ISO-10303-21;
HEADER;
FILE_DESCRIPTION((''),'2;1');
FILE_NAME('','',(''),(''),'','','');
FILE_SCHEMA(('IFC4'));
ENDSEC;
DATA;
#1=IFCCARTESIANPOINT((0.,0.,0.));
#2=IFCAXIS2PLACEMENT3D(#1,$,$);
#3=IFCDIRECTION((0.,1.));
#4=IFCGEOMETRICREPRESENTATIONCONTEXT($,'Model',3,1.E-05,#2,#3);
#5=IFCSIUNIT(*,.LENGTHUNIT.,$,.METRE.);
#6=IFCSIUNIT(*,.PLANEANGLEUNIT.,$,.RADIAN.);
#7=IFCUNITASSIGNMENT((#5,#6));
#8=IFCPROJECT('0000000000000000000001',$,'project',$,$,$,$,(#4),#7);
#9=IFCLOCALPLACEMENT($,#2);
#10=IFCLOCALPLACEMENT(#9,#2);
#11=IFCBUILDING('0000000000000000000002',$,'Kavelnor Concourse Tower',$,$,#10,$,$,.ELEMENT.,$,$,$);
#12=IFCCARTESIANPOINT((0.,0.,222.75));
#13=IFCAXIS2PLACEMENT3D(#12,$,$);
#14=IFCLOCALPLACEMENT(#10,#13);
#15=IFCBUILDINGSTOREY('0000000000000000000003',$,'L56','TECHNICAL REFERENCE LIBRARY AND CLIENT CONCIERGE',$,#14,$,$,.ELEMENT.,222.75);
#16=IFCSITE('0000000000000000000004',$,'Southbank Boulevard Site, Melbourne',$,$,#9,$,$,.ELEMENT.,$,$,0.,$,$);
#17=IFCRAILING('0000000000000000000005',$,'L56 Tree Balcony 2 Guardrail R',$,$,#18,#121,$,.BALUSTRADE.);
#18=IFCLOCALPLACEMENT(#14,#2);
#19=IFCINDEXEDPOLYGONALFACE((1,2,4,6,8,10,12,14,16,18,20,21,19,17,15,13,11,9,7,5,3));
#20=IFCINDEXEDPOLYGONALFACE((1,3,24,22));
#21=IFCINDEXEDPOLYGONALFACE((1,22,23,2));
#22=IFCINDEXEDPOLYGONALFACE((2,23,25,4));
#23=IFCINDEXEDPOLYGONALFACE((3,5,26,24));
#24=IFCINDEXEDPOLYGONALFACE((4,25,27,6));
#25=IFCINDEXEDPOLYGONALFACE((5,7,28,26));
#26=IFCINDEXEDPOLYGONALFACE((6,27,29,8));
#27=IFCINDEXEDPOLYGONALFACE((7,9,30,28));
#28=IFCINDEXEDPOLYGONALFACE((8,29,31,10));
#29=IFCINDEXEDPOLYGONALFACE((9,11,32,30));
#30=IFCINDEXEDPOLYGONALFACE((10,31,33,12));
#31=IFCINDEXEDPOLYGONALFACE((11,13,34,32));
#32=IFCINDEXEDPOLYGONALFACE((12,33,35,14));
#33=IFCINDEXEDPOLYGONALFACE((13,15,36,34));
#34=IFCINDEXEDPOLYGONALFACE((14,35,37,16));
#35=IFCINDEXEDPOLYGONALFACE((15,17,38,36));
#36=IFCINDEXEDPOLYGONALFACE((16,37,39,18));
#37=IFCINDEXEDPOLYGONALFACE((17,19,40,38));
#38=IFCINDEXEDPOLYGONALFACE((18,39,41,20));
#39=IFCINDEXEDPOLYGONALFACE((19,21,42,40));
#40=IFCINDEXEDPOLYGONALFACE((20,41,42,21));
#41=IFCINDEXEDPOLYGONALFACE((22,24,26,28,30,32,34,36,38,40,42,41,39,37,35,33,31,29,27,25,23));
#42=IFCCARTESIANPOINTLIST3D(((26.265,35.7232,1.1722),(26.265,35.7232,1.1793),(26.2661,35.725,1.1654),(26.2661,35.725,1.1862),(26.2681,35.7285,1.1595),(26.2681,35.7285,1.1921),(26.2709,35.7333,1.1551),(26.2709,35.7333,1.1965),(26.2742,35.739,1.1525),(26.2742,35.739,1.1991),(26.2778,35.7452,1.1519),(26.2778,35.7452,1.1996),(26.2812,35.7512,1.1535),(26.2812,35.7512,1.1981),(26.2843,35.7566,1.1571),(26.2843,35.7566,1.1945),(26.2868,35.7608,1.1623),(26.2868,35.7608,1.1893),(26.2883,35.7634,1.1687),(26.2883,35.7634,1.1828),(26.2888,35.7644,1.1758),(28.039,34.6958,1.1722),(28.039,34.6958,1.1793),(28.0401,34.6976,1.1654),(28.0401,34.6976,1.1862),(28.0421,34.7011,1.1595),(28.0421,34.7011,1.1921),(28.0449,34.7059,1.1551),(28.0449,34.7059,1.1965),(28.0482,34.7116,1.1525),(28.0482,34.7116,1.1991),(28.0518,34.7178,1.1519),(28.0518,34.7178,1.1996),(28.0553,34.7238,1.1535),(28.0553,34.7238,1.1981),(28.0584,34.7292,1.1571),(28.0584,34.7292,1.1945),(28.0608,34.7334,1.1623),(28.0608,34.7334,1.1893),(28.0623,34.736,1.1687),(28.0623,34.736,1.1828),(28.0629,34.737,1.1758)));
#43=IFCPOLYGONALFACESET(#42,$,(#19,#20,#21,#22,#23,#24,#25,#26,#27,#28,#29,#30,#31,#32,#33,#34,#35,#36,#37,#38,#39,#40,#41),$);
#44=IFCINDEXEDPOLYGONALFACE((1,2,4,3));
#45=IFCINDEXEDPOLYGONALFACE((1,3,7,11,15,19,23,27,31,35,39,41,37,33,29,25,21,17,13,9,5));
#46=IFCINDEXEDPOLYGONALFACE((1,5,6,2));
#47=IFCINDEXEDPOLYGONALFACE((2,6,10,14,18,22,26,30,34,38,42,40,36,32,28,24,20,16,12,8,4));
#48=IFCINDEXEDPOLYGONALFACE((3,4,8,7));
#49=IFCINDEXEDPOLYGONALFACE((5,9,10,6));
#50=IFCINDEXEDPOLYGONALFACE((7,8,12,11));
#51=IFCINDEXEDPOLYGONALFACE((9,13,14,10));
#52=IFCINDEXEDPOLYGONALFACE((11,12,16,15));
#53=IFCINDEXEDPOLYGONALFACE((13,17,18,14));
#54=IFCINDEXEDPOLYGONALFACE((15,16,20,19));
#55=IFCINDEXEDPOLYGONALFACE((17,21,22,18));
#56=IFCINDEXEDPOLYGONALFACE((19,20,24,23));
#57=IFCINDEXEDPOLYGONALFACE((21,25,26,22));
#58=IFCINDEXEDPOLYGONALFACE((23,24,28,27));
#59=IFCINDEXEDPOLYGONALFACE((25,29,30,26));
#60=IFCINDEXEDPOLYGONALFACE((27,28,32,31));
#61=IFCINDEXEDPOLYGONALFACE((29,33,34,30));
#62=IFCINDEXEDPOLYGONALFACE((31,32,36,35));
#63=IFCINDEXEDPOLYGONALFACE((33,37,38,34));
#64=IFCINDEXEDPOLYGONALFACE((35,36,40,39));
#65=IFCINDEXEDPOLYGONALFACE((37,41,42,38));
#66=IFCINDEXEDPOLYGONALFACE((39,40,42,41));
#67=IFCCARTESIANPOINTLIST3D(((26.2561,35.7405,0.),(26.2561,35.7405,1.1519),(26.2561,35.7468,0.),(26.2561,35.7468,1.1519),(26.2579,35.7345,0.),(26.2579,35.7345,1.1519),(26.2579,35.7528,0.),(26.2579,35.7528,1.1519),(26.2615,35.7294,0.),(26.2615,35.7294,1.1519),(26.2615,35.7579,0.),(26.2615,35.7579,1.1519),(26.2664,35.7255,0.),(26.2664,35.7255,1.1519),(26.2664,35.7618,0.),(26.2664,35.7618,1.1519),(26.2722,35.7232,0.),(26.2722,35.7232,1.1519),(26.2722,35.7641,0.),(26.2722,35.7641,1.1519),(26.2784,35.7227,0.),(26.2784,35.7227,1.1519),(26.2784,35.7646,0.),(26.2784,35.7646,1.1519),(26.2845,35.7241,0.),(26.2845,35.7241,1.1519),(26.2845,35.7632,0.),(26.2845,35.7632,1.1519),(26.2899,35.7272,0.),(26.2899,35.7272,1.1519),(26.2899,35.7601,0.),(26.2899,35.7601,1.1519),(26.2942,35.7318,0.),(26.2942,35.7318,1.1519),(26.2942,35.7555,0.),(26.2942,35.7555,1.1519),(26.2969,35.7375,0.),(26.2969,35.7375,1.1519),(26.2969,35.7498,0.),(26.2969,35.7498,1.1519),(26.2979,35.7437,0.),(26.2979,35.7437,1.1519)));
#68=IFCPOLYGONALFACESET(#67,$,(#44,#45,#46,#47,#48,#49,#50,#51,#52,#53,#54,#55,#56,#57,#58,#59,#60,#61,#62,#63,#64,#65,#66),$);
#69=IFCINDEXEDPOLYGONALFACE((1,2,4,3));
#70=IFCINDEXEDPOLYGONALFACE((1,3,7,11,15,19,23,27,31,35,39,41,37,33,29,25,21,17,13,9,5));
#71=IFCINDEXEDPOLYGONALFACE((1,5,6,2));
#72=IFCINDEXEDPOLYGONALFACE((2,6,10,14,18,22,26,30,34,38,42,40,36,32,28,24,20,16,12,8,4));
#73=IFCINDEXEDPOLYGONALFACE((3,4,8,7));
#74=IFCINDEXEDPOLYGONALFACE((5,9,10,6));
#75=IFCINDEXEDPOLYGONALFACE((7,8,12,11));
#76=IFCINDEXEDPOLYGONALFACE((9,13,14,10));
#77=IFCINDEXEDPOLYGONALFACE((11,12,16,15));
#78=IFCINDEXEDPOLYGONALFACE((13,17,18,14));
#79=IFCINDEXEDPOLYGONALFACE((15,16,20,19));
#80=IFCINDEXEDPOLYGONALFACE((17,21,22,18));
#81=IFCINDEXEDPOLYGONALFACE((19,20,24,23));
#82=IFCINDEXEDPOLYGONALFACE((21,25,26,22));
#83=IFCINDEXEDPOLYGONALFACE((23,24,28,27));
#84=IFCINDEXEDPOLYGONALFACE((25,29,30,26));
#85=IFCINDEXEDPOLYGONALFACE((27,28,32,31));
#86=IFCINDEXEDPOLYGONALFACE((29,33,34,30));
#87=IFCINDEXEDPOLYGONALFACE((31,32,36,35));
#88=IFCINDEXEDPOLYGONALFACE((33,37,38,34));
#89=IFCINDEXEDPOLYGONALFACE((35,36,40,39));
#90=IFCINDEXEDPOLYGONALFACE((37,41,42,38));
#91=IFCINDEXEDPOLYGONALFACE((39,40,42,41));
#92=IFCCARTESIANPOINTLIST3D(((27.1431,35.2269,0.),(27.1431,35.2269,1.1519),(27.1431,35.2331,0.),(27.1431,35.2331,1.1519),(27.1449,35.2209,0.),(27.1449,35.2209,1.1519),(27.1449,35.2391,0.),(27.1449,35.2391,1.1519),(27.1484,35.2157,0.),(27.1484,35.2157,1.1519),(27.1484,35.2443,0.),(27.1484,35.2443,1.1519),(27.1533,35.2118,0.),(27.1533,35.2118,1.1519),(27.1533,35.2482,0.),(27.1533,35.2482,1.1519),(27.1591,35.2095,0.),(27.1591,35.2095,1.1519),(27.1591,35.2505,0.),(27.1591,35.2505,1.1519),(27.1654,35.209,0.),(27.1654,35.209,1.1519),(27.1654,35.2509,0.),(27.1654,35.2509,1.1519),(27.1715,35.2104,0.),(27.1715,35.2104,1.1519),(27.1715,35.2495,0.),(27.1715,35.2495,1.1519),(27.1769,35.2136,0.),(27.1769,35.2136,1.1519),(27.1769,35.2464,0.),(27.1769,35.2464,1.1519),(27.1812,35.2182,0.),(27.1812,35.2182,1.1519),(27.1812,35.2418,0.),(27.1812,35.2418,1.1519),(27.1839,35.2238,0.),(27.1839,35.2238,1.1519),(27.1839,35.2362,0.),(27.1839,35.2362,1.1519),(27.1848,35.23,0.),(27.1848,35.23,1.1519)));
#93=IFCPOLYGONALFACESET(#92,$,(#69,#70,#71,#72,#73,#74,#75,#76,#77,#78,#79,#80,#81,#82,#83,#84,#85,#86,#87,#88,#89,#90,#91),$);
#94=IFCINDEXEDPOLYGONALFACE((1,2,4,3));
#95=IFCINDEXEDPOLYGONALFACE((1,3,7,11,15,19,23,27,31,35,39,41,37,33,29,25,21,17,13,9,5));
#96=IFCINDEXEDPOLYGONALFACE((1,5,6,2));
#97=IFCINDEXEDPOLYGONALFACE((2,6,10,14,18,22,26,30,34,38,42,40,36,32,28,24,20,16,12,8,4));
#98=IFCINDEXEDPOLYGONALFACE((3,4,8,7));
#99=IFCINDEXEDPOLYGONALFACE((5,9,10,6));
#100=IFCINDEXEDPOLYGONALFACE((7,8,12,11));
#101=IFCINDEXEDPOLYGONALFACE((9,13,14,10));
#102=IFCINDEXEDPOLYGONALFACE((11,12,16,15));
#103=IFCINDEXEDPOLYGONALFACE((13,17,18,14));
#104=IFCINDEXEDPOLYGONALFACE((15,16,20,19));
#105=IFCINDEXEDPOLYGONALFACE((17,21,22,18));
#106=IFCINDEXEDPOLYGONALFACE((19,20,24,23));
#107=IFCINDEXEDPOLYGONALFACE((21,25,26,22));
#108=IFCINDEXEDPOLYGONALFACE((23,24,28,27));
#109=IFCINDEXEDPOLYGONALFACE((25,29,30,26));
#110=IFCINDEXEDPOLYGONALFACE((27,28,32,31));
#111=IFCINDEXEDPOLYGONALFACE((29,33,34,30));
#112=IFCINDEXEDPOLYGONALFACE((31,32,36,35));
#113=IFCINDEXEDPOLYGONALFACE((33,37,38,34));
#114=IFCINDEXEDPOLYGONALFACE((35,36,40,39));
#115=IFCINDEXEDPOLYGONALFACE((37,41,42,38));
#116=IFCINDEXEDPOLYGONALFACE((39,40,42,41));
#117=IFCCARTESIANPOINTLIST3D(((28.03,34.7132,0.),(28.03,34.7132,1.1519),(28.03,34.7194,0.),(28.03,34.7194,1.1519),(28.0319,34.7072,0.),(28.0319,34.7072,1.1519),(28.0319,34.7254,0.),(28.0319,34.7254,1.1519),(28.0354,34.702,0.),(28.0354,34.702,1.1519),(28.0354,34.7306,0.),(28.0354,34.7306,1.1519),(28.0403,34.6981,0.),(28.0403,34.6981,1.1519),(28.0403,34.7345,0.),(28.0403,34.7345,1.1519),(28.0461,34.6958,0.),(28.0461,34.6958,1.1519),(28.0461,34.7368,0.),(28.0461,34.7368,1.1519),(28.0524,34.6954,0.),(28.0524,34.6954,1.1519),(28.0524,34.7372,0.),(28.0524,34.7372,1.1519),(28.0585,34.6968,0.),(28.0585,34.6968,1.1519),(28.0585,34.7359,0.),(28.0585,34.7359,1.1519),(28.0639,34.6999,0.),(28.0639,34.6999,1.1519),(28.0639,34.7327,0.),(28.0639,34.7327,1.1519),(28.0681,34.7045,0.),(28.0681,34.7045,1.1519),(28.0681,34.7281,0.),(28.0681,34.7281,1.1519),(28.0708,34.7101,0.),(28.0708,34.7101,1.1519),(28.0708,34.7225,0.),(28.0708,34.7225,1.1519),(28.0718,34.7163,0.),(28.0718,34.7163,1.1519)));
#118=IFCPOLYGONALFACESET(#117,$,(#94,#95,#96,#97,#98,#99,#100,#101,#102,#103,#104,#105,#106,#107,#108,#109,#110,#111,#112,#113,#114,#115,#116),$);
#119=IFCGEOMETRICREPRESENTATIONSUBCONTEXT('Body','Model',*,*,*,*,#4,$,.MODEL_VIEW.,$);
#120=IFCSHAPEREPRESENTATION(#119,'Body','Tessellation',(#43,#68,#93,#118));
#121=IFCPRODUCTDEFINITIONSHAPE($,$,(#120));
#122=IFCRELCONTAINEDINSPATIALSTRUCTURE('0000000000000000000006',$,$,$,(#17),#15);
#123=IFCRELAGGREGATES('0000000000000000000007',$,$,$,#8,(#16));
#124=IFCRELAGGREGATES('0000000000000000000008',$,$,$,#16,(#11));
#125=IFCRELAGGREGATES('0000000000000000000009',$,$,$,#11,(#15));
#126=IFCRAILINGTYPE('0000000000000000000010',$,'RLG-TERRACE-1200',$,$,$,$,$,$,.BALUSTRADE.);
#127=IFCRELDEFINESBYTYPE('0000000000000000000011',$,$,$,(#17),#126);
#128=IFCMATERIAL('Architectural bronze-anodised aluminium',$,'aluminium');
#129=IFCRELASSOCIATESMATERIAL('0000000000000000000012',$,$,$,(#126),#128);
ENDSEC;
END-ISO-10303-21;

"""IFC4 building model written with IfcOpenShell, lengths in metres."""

from ifc_helpers import new_model, si_unit, direction, frame, origin, origin_2d, place, context, subcontext, project, spatial, circle, extrude, material, type_object, element, save


model = new_model("IFC4")

# Units and contexts
model_context = context("Model", 3, precision=1e-05, world=origin(), true_north=direction((0.0, 1.0)))
body_context = subcontext(model_context, "Body", "Model", "MODEL_VIEW")
ifc_project = project(units=[si_unit("LENGTHUNIT", "METRE"), si_unit("PLANEANGLEUNIT", "RADIAN")], contexts=[model_context])

# Site, building, storey
site_placement = place(None, origin())
site = spatial("IfcSite", under=ifc_project, at=site_placement, Name="Southbank Boulevard Site, Melbourne", CompositionType="ELEMENT", RefElevation=0.0)
building_placement = place(site_placement, origin())
building = spatial("IfcBuilding", under=site, at=building_placement, Name="Kavelnor Concourse Tower", CompositionType="ELEMENT")
storey_placement = place(building_placement, frame((0.0, 0.0, 222.75)))
storey = spatial("IfcBuildingStorey", under=building, at=storey_placement, Name="L56", Description="TECHNICAL REFERENCE LIBRARY AND CLIENT CONCIERGE", CompositionType="ELEMENT", Elevation=222.75)

# Railing
ifc_material_1 = material(Name="Architectural bronze-anodised aluminium", Category="aluminium")
railing_type = type_object("IfcRailingType", Name="RLG-TERRACE-1200", PredefinedType="BALUSTRADE", material=ifc_material_1)
railing_1_placement = place(storey_placement, frame((26.2769, 35.7437, 0.0)))
element("IfcRailing", 1, at=railing_1_placement, inside=storey, type_object=railing_type, Name="L56 Tree Balcony 2 Guardrail R", PredefinedType="BALUSTRADE", context=body_context, shape_type="SweptSolid", body=[
    extrude(circle(Radius=0.0239, at=origin_2d()), frame((0.0, 0.0, 1.1758), z_axis=(0.865356, -0.501158, 0.0), x_axis=(0.501158, 0.865356, 0.0)), (0.0, 0.0, 1.0), 2.05),
    extrude(circle(Radius=0.021, at=origin_2d()), origin(), (0.0, 0.0, 1.0), 1.1519),
    extrude(circle(Radius=0.021, at=origin_2d()), frame((0.887, -0.5137, 0.0)), (0.0, 0.0, 1.0), 1.1519),
    extrude(circle(Radius=0.021, at=origin_2d()), frame((1.7739, -1.0273, 0.0)), (0.0, 0.0, 1.0), 1.1519),
])

save(model, "model.ifc")
